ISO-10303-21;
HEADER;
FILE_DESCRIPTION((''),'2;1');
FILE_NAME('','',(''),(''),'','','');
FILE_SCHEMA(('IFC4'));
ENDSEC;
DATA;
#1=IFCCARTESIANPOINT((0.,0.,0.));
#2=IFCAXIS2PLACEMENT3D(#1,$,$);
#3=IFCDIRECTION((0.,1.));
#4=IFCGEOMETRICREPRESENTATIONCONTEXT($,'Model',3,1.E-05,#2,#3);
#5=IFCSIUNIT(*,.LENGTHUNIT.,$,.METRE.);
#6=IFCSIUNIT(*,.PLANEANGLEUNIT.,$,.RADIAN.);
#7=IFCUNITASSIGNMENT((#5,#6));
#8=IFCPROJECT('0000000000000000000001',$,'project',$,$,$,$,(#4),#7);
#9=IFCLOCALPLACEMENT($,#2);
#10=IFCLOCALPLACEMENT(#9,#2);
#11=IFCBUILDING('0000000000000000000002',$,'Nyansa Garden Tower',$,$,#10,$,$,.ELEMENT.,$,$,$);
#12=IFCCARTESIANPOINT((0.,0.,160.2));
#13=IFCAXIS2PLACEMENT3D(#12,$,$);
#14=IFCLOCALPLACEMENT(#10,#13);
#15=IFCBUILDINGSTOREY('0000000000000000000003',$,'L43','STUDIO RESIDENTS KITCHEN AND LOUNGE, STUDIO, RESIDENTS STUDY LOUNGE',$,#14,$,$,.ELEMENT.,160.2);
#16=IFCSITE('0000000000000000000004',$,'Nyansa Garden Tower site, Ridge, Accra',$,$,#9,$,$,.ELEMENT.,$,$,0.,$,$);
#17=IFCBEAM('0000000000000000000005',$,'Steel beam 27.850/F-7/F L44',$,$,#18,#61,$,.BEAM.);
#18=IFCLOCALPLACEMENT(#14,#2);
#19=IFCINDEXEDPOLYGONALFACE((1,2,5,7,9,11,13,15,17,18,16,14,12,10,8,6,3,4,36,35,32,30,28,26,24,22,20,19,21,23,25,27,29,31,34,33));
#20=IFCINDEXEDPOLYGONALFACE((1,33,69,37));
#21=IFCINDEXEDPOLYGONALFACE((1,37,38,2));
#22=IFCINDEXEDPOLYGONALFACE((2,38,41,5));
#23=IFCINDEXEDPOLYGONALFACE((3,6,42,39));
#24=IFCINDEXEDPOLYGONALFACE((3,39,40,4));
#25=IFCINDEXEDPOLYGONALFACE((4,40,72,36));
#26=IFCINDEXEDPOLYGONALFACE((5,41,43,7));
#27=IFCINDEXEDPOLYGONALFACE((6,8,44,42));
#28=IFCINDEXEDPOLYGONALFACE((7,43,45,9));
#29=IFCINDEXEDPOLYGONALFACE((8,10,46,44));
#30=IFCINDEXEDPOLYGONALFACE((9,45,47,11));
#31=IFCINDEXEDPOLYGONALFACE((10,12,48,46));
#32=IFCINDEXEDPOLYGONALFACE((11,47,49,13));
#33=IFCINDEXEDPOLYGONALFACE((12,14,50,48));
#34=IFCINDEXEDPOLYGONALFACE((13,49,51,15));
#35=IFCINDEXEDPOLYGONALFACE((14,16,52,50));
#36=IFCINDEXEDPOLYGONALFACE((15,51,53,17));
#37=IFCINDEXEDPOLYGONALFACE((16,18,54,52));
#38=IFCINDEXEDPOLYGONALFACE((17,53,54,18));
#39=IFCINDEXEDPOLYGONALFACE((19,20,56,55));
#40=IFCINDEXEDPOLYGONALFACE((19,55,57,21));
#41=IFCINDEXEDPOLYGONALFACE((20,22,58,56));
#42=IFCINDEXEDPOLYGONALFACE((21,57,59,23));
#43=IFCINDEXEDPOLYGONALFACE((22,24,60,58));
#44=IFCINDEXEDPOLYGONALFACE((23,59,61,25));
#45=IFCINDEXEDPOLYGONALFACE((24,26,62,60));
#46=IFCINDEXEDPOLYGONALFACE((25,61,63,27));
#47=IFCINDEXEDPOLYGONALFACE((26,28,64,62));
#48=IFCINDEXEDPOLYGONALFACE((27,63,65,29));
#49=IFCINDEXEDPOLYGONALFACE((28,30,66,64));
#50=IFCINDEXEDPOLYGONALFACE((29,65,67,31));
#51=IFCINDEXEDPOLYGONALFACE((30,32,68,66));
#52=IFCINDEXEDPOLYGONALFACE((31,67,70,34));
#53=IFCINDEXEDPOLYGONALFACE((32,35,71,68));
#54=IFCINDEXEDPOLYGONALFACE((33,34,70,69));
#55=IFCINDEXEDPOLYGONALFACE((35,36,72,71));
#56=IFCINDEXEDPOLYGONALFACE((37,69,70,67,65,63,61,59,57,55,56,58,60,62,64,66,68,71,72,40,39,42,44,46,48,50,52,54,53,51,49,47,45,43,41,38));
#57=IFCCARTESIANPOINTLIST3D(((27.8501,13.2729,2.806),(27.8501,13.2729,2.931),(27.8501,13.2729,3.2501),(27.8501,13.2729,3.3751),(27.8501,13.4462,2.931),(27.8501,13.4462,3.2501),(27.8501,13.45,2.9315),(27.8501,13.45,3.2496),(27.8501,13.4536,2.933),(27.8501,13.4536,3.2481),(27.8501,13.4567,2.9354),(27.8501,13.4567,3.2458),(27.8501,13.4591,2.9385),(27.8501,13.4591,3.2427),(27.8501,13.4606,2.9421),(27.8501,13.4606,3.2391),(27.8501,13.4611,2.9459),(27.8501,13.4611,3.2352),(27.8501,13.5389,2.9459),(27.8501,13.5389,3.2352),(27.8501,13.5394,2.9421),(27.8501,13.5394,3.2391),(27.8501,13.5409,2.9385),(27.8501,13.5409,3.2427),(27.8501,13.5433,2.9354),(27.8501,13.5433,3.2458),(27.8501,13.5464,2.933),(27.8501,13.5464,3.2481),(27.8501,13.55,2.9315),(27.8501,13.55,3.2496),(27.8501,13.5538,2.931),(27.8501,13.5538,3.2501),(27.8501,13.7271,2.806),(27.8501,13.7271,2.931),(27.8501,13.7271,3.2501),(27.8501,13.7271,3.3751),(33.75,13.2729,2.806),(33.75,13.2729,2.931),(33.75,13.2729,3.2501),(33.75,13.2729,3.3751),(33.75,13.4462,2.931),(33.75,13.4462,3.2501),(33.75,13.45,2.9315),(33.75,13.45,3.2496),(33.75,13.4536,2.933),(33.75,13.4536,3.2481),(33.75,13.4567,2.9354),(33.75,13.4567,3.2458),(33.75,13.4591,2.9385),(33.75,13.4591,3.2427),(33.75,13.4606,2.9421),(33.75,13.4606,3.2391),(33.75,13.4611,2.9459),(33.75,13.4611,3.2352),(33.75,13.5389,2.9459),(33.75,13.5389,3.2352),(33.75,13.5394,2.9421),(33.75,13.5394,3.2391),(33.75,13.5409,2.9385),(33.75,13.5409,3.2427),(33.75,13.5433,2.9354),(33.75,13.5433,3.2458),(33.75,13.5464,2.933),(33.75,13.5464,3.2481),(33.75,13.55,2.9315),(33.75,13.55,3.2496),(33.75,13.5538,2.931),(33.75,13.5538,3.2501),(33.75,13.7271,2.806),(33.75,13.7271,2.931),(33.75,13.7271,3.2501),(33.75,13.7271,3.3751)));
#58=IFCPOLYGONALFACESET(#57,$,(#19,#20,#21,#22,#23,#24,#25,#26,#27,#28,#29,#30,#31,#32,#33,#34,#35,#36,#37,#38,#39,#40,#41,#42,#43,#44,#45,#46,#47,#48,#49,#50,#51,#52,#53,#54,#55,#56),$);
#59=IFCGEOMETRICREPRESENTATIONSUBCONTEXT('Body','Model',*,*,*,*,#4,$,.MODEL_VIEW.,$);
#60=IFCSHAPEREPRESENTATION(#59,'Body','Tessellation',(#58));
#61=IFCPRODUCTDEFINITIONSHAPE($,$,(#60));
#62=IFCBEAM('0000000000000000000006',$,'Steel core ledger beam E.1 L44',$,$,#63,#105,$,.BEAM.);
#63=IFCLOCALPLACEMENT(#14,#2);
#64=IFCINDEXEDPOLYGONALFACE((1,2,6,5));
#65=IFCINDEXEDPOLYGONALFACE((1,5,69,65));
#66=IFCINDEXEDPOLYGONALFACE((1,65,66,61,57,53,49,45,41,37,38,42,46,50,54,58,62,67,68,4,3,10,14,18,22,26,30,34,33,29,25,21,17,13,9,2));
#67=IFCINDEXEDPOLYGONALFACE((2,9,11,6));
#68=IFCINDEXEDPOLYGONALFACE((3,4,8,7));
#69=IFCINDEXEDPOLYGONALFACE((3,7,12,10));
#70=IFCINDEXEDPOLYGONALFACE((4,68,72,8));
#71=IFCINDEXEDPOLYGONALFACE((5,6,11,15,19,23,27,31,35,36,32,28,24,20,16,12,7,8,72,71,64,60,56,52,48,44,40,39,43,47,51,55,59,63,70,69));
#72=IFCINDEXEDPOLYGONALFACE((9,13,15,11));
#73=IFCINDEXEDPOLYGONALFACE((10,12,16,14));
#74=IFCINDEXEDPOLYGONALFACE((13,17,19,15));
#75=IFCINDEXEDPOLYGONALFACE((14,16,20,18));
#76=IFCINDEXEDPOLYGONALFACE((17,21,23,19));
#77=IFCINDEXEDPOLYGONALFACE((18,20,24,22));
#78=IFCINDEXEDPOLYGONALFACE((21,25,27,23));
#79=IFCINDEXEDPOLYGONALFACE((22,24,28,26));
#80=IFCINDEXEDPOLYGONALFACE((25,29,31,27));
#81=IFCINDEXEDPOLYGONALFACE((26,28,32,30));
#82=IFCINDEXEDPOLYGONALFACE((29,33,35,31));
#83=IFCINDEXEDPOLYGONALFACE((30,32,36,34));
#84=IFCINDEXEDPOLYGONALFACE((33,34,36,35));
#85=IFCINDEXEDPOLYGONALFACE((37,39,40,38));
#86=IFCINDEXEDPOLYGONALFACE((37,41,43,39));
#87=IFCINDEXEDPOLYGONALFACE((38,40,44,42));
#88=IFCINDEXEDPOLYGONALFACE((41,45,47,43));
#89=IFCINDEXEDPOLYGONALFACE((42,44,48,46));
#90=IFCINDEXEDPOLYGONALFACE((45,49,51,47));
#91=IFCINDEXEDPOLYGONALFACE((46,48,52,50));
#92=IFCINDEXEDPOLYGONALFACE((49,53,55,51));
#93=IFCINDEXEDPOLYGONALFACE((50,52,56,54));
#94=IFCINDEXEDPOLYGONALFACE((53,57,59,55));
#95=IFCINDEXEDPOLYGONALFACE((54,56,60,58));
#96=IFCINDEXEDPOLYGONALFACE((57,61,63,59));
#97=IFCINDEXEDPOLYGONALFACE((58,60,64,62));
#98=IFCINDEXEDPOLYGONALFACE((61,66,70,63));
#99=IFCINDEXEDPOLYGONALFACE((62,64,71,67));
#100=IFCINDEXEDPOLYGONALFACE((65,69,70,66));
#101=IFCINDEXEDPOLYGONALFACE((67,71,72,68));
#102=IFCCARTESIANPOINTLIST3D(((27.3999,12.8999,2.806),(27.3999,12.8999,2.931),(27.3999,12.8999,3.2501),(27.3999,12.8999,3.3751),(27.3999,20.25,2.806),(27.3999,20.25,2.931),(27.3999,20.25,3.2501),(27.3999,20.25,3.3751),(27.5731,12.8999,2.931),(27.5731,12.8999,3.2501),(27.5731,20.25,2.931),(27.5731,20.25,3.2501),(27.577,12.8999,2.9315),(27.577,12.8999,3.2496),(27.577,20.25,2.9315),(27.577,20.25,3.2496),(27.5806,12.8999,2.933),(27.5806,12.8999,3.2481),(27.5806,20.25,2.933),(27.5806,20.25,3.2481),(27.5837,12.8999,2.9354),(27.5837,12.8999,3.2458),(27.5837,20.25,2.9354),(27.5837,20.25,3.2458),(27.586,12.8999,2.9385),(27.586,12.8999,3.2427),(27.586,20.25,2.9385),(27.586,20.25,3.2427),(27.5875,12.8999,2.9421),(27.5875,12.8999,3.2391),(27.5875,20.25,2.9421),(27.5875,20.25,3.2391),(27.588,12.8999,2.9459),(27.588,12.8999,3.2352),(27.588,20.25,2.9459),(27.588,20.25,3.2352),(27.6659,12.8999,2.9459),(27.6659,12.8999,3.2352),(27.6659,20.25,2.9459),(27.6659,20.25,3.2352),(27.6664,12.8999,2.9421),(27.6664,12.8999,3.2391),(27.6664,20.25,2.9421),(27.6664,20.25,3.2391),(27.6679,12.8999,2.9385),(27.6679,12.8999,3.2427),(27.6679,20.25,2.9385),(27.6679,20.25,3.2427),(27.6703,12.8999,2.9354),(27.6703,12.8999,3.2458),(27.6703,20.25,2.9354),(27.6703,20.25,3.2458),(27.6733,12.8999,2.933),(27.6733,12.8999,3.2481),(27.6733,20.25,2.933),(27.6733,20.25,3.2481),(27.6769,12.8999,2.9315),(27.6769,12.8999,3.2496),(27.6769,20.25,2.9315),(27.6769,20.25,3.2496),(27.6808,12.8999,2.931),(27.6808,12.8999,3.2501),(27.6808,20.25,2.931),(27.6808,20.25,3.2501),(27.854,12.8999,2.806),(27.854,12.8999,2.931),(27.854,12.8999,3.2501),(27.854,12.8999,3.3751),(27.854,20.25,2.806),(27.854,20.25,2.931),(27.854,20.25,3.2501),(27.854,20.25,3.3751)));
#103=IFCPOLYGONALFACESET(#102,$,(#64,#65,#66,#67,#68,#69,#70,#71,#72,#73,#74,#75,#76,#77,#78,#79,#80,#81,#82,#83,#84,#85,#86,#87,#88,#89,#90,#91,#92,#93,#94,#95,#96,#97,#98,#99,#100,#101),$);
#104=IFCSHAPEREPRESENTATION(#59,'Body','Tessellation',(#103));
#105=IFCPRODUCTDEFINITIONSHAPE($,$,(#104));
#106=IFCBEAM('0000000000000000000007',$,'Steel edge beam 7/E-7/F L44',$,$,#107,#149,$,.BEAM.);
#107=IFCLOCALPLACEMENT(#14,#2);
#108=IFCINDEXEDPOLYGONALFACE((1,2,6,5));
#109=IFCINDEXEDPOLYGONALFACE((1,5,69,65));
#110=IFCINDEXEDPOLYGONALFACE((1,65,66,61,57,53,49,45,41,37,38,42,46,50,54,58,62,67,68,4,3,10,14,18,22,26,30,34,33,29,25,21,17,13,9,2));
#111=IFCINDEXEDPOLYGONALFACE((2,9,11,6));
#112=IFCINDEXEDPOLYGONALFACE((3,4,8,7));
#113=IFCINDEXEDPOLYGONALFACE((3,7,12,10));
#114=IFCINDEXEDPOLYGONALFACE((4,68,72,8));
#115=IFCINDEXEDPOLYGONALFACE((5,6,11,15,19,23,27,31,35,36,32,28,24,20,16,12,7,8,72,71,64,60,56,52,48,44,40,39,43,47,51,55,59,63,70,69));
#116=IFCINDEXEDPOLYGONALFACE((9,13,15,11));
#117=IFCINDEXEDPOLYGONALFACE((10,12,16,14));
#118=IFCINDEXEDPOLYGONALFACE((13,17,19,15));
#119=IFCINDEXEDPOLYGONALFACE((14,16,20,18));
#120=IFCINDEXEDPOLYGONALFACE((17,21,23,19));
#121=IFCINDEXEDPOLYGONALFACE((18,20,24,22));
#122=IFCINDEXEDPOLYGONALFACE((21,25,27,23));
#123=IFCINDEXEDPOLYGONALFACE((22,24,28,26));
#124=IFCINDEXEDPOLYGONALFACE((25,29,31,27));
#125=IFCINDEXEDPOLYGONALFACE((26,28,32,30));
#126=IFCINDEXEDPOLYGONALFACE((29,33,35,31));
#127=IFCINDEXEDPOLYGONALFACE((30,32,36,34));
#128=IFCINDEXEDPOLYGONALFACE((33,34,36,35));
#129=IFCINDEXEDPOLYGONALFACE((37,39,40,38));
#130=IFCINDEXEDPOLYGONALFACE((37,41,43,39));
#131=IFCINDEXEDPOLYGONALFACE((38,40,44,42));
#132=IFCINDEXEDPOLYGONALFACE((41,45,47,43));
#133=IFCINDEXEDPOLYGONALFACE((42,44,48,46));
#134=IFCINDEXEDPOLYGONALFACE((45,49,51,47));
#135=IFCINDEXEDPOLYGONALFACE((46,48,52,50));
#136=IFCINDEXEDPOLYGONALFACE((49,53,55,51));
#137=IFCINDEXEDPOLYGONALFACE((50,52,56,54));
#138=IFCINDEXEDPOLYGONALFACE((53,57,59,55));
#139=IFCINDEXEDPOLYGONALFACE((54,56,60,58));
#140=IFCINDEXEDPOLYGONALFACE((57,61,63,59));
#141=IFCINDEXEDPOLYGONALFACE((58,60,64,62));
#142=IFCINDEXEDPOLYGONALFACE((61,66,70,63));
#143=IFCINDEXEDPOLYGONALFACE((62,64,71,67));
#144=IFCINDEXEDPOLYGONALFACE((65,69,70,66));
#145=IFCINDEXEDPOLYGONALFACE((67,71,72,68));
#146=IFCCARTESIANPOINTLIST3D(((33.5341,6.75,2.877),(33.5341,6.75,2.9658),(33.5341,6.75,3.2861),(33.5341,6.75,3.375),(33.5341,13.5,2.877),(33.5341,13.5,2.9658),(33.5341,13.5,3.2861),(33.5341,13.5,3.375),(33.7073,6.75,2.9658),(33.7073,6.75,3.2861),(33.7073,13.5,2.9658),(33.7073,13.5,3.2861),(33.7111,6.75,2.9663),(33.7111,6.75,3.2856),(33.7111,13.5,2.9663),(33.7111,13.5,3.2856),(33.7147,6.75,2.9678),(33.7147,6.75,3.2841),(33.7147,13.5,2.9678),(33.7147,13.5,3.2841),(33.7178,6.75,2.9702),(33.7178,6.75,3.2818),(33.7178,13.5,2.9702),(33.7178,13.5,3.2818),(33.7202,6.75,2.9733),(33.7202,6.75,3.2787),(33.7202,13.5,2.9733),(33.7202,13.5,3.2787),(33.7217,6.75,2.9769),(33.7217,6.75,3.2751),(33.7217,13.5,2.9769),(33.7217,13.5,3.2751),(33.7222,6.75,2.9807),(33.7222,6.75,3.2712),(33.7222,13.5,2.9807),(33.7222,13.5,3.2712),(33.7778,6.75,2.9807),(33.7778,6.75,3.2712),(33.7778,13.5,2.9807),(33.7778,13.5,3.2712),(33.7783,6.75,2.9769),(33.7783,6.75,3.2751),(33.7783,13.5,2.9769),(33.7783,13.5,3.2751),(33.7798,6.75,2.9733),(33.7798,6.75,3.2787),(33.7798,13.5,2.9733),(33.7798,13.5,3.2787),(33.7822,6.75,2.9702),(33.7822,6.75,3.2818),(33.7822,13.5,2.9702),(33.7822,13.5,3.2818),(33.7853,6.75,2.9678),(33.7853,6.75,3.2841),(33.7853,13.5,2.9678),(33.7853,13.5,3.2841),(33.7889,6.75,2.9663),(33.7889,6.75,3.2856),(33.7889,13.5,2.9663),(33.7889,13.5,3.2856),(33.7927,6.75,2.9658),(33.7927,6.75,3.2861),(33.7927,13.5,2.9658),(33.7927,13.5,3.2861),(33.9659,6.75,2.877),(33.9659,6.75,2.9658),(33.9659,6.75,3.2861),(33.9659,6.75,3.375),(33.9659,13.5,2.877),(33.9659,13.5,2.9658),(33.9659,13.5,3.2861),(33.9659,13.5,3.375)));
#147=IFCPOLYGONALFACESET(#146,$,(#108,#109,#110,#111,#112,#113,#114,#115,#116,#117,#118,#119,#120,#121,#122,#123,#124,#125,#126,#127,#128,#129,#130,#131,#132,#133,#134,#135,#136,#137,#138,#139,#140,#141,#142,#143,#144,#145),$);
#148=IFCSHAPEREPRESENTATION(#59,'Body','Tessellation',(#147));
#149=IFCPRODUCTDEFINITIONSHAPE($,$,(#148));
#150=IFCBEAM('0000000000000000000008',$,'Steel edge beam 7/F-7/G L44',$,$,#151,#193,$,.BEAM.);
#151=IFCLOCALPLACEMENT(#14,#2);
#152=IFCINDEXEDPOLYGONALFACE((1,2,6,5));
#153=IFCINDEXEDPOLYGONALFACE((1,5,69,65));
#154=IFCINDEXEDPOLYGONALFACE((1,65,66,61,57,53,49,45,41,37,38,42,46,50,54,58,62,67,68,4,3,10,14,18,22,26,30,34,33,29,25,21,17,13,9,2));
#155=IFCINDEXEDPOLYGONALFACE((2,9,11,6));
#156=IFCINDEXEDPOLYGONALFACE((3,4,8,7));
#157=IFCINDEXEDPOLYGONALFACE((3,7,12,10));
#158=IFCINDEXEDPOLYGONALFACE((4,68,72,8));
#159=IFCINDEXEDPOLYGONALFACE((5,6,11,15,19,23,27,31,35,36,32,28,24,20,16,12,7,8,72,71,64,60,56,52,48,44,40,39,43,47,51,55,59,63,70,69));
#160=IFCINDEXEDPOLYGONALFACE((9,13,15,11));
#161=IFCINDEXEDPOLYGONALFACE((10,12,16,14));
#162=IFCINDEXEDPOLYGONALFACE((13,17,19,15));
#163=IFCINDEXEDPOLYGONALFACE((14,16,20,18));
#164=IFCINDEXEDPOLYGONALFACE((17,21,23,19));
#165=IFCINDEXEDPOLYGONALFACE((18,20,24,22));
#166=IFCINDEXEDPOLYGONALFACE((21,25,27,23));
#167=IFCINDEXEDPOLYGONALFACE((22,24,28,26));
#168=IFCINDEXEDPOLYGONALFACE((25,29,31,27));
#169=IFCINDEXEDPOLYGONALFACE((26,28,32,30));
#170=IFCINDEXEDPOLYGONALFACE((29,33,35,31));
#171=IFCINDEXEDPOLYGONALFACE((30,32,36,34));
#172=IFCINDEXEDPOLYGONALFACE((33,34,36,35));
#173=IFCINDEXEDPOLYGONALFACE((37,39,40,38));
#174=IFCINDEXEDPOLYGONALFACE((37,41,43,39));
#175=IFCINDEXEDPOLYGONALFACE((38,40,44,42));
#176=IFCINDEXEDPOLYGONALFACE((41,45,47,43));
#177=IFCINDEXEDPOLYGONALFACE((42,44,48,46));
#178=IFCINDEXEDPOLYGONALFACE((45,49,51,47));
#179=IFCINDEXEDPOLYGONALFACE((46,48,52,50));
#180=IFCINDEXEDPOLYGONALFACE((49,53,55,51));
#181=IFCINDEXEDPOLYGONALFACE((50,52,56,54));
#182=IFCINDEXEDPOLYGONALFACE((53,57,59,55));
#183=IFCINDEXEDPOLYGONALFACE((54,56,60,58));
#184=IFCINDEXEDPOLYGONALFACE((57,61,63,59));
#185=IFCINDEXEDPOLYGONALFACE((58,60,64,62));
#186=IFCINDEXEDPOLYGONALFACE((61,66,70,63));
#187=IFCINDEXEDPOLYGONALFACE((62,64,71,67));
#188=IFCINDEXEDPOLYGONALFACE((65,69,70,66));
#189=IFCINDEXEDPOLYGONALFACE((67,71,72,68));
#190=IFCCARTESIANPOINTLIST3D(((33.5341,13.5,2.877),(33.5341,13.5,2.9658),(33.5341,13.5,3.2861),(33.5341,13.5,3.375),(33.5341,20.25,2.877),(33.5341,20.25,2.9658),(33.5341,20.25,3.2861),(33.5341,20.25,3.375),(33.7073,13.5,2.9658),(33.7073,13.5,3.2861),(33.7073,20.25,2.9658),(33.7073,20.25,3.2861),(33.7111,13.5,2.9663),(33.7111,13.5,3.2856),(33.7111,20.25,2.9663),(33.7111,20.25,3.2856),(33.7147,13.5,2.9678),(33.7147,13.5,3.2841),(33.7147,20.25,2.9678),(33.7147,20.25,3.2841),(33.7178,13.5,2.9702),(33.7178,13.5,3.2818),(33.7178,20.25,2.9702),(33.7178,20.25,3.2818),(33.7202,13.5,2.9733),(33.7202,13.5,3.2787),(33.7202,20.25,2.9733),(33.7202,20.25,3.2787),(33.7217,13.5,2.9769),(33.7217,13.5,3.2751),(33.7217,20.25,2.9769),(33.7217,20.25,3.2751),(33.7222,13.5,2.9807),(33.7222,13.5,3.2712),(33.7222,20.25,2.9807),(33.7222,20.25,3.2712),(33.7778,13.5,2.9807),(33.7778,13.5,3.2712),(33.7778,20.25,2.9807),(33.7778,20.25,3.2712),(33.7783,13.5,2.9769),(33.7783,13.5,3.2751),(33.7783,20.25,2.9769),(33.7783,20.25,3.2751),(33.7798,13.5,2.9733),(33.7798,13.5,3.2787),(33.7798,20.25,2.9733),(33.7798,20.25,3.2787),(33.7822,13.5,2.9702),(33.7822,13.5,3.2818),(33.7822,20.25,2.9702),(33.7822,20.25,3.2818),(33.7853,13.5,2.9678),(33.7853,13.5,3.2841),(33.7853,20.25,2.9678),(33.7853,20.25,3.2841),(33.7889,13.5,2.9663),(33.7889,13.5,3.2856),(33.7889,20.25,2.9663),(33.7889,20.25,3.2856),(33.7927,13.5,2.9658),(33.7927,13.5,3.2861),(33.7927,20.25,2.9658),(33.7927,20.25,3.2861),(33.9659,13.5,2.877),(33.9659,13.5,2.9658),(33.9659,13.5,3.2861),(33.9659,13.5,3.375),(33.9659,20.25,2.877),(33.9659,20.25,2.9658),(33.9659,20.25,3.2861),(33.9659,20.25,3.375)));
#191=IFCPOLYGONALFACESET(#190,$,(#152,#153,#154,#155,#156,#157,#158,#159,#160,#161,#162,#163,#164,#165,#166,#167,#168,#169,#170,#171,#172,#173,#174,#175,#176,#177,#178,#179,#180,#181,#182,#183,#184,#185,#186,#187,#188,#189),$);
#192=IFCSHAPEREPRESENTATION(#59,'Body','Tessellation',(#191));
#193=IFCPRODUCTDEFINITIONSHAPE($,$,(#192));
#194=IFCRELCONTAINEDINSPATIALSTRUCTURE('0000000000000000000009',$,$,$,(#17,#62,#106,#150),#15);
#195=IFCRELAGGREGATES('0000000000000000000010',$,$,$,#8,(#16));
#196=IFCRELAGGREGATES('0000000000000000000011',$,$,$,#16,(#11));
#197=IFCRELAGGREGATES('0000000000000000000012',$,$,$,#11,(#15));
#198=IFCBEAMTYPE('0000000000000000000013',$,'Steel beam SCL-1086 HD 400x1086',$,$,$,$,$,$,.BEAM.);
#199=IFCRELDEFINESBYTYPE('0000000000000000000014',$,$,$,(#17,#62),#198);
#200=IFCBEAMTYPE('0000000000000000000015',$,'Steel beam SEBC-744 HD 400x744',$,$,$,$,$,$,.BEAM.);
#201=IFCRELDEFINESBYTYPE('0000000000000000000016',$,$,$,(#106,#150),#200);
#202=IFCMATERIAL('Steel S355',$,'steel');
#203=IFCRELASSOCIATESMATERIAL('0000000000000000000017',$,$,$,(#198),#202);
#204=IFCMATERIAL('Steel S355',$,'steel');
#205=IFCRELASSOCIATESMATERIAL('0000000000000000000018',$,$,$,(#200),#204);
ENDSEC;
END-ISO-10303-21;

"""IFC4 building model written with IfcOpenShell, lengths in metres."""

from ifc_helpers import new_model, si_unit, direction, frame, origin, origin_2d, place, context, subcontext, project, spatial, i_section, extrude, material, material_profile, profile_set, type_object, element, save


model = new_model("IFC4")

# Units and contexts
model_context = context("Model", 3, precision=1e-05, world=origin(), true_north=direction((0.0, 1.0)))
body_context = subcontext(model_context, "Body", "Model", "MODEL_VIEW")
ifc_project = project(units=[si_unit("LENGTHUNIT", "METRE"), si_unit("PLANEANGLEUNIT", "RADIAN")], contexts=[model_context])

# Site, building, storey
site_placement = place(None, origin())
site = spatial("IfcSite", under=ifc_project, at=site_placement, Name="Nyansa Garden Tower site, Ridge, Accra", CompositionType="ELEMENT", RefElevation=0.0)
building_placement = place(site_placement, origin())
building = spatial("IfcBuilding", under=site, at=building_placement, Name="Nyansa Garden Tower", CompositionType="ELEMENT")
storey_placement = place(building_placement, frame((0.0, 0.0, 160.2)))
storey = spatial("IfcBuildingStorey", under=building, at=storey_placement, Name="L43", Description="STUDIO RESIDENTS KITCHEN AND LOUNGE, STUDIO, RESIDENTS STUDY LOUNGE", CompositionType="ELEMENT", Elevation=160.2)

# Beams
ifc_material_1 = material(Name="Steel S355", Category="steel")
ifc_material_profile_1 = material_profile(ifc_material_1, i_section(OverallWidth=0.4541, OverallDepth=0.5691, WebThickness=0.0779, FlangeThickness=0.125, FilletRadius=0.0149, at=origin_2d()), Name="HD 400x1086")
ifc_profile_set_1 = profile_set([ifc_material_profile_1], Name="Steel S355")
beam_type_1 = type_object("IfcBeamType", Name="Steel beam SCL-1086 HD 400x1086", PredefinedType="BEAM", material=ifc_profile_set_1)
beam_1_placement = place(storey_placement, frame((27.8501, 13.5, 3.0906), z_axis=(1.0, 0.0, 0.0), x_axis=(0.0, 1.0, 0.0)))
element("IfcBeam", 1, at=beam_1_placement, inside=storey, type_object=beam_type_1, Name="Steel beam 27.850/F-7/F L44", PredefinedType="BEAM", context=body_context, shape_type="SweptSolid", body=[
    extrude(i_section(OverallWidth=0.4541, OverallDepth=0.5691, WebThickness=0.0779, FlangeThickness=0.125, FilletRadius=0.0149, at=origin_2d()), origin(), (0.0, 0.0, 1.0), 5.8999),
])
beam_2_placement = place(storey_placement, frame((27.627, 12.8999, 3.0906), z_axis=(0.0, 1.0, 0.0), x_axis=(-1.0, 0.0, 0.0)))
element("IfcBeam", 2, at=beam_2_placement, inside=storey, type_object=beam_type_1, Name="Steel core ledger beam E.1 L44", PredefinedType="BEAM", context=body_context, shape_type="SweptSolid", body=[
    extrude(i_section(OverallWidth=0.4541, OverallDepth=0.5691, WebThickness=0.0779, FlangeThickness=0.125, FilletRadius=0.0149, at=origin_2d()), origin(), (0.0, 0.0, 1.0), 7.3501),
])
ifc_material_2 = material(Name="Steel S355", Category="steel")
ifc_material_profile_2 = material_profile(ifc_material_2, i_section(OverallWidth=0.4319, OverallDepth=0.498, WebThickness=0.0557, FlangeThickness=0.0889, FilletRadius=0.0149, at=origin_2d()), Name="HD 400x744")
ifc_profile_set_2 = profile_set([ifc_material_profile_2], Name="Steel S355")
beam_type_2 = type_object("IfcBeamType", Name="Steel beam SEBC-744 HD 400x744", PredefinedType="BEAM", material=ifc_profile_set_2)
for number, where, z_axis, x_axis, name in (
    (3, (33.75, 6.75, 3.126), (0.0, 1.0, 0.0), (-1.0, 0.0, 0.0), "Steel edge beam 7/E-7/F L44"),
    (4, (33.75, 13.5, 3.126), (0.0, 1.0, 0.0), (-1.0, 0.0, 0.0), "Steel edge beam 7/F-7/G L44"),
):
    element("IfcBeam", number, at=place(storey_placement, frame(where, z_axis=z_axis, x_axis=x_axis)), inside=storey, type_object=beam_type_2, Name=name, PredefinedType="BEAM", context=body_context, shape_type="SweptSolid", body=[
        extrude(i_section(OverallWidth=0.4319, OverallDepth=0.498, WebThickness=0.0557, FlangeThickness=0.0889, FilletRadius=0.0149, at=origin_2d()), origin(), (0.0, 0.0, 1.0), 6.75),
    ])

save(model, "model.ifc")
